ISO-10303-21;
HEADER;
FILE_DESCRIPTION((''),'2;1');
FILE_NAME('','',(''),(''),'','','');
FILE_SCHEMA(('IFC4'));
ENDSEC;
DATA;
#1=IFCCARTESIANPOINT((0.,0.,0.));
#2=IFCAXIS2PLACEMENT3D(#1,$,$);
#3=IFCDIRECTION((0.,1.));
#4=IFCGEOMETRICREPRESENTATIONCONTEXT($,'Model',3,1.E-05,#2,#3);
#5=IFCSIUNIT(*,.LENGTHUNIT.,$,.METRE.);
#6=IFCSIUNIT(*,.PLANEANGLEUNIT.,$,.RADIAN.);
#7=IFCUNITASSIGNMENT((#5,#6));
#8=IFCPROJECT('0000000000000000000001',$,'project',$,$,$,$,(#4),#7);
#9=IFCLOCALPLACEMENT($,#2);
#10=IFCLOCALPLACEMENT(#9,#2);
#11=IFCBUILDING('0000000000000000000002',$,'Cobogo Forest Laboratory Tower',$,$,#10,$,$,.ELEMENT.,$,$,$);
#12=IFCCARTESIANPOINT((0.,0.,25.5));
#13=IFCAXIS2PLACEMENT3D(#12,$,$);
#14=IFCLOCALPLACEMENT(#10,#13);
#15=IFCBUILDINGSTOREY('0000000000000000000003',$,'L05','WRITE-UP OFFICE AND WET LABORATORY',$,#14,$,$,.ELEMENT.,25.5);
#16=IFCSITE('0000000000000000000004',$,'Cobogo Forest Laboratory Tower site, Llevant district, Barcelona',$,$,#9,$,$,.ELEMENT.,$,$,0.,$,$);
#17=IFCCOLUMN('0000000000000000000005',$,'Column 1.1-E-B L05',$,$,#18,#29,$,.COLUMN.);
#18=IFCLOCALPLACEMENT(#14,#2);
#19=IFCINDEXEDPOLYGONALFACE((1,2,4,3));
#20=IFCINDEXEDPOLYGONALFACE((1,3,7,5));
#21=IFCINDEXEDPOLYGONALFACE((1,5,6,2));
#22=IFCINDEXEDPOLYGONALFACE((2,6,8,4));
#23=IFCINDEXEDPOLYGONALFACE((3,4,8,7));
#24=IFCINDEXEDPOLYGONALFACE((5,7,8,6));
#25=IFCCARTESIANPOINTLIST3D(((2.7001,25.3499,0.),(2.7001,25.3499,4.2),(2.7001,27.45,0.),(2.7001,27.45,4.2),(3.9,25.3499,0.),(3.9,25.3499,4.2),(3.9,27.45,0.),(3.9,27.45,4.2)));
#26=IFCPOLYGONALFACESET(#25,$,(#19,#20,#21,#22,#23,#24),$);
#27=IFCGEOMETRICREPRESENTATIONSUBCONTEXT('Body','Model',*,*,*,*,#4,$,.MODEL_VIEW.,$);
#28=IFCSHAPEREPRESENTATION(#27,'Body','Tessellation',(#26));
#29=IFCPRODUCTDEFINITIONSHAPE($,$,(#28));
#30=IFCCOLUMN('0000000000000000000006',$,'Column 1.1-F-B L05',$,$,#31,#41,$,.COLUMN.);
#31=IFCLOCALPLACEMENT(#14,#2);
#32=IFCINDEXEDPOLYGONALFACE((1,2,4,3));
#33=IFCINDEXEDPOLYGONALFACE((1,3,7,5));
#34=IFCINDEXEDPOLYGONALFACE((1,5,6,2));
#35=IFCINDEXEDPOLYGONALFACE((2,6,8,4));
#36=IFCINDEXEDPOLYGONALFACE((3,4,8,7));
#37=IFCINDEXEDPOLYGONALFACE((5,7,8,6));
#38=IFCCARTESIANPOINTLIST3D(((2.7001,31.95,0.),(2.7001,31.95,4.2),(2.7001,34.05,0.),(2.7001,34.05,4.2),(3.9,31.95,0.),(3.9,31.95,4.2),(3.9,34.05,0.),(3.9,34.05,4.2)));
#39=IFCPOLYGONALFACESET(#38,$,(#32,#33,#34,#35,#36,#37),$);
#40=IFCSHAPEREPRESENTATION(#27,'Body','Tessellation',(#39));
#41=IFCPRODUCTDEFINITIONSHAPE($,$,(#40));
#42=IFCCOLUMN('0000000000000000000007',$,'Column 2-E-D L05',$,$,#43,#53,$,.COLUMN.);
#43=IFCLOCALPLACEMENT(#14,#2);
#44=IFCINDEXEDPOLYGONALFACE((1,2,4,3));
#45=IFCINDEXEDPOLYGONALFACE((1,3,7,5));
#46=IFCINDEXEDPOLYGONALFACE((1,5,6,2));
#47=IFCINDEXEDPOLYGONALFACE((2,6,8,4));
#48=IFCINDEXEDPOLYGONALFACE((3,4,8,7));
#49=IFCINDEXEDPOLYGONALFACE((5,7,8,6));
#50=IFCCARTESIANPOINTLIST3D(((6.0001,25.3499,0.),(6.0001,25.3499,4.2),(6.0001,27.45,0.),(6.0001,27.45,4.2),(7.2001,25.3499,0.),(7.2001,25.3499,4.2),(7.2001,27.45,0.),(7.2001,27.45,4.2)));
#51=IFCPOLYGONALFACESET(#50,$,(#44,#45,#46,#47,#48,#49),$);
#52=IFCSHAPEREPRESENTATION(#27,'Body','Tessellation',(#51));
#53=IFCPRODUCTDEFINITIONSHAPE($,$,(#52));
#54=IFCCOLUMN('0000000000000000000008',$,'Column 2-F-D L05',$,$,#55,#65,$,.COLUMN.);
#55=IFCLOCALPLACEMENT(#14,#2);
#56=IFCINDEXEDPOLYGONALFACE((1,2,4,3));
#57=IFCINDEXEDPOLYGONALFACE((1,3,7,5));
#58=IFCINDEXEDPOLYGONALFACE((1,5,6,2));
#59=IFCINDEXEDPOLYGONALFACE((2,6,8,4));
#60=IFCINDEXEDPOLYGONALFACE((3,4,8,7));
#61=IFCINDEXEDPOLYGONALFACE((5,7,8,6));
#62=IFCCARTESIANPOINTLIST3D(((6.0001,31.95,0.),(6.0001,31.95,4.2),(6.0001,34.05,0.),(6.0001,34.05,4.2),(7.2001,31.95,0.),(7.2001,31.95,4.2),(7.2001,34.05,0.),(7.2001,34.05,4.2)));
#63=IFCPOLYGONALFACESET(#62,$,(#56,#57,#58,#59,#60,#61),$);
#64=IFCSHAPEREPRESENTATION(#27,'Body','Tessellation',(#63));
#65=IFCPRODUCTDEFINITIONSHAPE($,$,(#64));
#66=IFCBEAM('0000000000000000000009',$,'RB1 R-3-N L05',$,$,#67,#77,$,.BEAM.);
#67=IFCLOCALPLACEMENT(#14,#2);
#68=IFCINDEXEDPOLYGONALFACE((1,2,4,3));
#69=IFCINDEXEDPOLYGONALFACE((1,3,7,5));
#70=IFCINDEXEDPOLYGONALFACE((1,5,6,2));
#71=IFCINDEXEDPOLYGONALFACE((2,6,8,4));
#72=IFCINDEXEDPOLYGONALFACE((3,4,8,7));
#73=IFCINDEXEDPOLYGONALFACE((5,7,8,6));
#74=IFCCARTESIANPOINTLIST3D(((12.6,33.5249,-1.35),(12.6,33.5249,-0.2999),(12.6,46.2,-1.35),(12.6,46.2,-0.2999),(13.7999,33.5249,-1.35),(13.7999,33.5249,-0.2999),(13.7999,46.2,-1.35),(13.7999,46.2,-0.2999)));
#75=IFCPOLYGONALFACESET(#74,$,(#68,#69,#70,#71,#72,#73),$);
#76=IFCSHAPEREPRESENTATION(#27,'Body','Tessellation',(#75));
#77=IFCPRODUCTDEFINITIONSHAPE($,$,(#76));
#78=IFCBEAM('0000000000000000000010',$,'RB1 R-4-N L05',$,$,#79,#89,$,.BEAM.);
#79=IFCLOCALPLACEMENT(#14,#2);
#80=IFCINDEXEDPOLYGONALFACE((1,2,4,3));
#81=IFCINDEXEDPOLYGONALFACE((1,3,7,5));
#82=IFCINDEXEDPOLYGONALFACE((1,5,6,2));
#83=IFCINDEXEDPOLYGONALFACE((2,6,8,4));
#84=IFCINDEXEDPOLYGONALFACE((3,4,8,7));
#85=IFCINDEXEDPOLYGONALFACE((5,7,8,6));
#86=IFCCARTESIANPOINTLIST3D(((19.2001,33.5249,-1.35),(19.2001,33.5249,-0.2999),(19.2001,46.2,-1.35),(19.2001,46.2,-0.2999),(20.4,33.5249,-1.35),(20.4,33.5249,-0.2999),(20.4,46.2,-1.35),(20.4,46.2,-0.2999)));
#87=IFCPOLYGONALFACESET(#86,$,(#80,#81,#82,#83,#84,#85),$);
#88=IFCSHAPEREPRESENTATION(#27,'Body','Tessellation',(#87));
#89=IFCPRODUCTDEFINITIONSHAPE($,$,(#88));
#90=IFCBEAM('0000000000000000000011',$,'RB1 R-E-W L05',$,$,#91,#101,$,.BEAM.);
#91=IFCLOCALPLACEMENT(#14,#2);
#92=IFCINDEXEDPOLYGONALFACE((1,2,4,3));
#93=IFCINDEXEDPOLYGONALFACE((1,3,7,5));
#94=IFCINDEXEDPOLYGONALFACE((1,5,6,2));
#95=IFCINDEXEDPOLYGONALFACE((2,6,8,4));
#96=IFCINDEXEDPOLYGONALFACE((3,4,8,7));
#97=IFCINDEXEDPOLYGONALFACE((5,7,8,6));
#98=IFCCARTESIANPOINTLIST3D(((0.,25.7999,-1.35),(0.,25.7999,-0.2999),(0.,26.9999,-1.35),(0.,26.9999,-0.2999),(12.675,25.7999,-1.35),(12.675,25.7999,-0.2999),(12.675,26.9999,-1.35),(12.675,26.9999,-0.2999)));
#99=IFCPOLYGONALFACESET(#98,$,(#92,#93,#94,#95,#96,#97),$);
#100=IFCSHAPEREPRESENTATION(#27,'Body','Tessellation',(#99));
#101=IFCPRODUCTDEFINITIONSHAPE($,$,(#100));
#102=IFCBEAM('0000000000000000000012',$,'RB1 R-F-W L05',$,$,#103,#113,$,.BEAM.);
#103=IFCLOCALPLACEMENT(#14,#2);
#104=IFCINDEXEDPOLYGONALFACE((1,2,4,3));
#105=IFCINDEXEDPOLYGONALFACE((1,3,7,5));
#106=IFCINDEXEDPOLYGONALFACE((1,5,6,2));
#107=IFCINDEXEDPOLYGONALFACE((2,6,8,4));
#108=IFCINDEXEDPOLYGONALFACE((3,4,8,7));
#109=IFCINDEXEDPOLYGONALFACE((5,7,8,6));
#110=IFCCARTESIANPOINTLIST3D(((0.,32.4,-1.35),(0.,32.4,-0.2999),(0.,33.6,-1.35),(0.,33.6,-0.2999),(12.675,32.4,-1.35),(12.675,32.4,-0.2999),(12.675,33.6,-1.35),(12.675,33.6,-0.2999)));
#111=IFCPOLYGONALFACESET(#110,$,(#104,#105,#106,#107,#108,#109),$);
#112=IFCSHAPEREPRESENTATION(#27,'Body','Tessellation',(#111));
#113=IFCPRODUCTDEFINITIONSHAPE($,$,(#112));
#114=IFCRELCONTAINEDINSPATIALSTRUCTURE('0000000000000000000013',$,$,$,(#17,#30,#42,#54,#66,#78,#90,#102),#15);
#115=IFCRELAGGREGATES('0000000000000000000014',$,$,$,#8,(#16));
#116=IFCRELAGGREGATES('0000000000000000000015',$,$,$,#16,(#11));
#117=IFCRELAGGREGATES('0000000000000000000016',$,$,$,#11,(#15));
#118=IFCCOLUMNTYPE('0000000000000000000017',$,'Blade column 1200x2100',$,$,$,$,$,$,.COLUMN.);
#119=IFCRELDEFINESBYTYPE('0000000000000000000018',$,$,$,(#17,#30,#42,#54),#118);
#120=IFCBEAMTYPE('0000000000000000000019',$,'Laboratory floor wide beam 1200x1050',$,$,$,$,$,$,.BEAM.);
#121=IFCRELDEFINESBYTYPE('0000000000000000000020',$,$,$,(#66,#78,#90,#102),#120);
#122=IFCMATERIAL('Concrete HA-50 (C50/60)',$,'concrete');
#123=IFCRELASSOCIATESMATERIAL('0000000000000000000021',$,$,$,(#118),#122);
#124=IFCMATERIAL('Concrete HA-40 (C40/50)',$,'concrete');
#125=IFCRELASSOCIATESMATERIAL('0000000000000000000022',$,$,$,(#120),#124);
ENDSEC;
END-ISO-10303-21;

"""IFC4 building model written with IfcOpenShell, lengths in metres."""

from ifc_helpers import new_model, si_unit, direction, frame, origin, origin_2d, place, context, subcontext, project, spatial, rectangle, extrude, material, material_profile, profile_set, type_object, element, save


model = new_model("IFC4")

# Units and contexts
model_context = context("Model", 3, precision=1e-05, world=origin(), true_north=direction((0.0, 1.0)))
body_context = subcontext(model_context, "Body", "Model", "MODEL_VIEW")
ifc_project = project(units=[si_unit("LENGTHUNIT", "METRE"), si_unit("PLANEANGLEUNIT", "RADIAN")], contexts=[model_context])

# Site, building, storey
site_placement = place(None, origin())
site = spatial("IfcSite", under=ifc_project, at=site_placement, Name="Cobogo Forest Laboratory Tower site, Llevant district, Barcelona", CompositionType="ELEMENT", RefElevation=0.0)
building_placement = place(site_placement, origin())
building = spatial("IfcBuilding", under=site, at=building_placement, Name="Cobogo Forest Laboratory Tower", CompositionType="ELEMENT")
storey_placement = place(building_placement, frame((0.0, 0.0, 25.5)))
storey = spatial("IfcBuildingStorey", under=building, at=storey_placement, Name="L05", Description="WRITE-UP OFFICE AND WET LABORATORY", CompositionType="ELEMENT", Elevation=25.5)

# Columns
ifc_material_1 = material(Name="Concrete HA-50 (C50/60)", Category="concrete")
ifc_material_profile_1 = material_profile(ifc_material_1, rectangle(XDim=2.1001, YDim=1.2, at=origin_2d()), Name="RC 1200x2100")
ifc_profile_set_1 = profile_set([ifc_material_profile_1], Name="Concrete HA-50 (C50/60)")
column_type = type_object("IfcColumnType", Name="Blade column 1200x2100", PredefinedType="COLUMN", material=ifc_profile_set_1)
for number, where, z_axis, x_axis, name in (
    (1, (3.3, 26.3999, 0.0), (0.0, 0.0, 1.0), (0.0, 1.0, 0.0), "Column 1.1-E-B L05"),
    (2, (3.3, 33.0, 0.0), (0.0, 0.0, 1.0), (0.0, 1.0, 0.0), "Column 1.1-F-B L05"),
    (3, (6.6001, 26.3999, 0.0), (0.0, 0.0, 1.0), (0.0, 1.0, 0.0), "Column 2-E-D L05"),
    (4, (6.6001, 33.0, 0.0), (0.0, 0.0, 1.0), (0.0, 1.0, 0.0), "Column 2-F-D L05"),
):
    element("IfcColumn", number, at=place(storey_placement, frame(where, z_axis=z_axis, x_axis=x_axis)), inside=storey, type_object=column_type, Name=name, PredefinedType="COLUMN", context=body_context, shape_type="SweptSolid", body=[
        extrude(rectangle(XDim=2.1001, YDim=1.2, at=origin_2d()), origin(), (0.0, 0.0, 1.0), 4.2),
    ])

# Beams
ifc_material_2 = material(Name="Concrete HA-40 (C40/50)", Category="concrete")
ifc_material_profile_2 = material_profile(ifc_material_2, rectangle(XDim=1.2, YDim=1.05, at=origin_2d()), Name="RC 1200x1050")
ifc_profile_set_2 = profile_set([ifc_material_profile_2], Name="Concrete HA-40 (C40/50)")
beam_type = type_object("IfcBeamType", Name="Laboratory floor wide beam 1200x1050", PredefinedType="BEAM", material=ifc_profile_set_2)
for number, where, z_axis, x_axis, name in (
    (5, (13.2, 33.5249, -0.825), (0.0, 1.0, 0.0), (-1.0, 0.0, 0.0), "RB1 R-3-N L05"),
    (6, (19.8, 33.5249, -0.825), (0.0, 1.0, 0.0), (-1.0, 0.0, 0.0), "RB1 R-4-N L05"),
    (7, (12.675, 26.3999, -0.825), (-1.0, 0.0, 0.0), (0.0, -1.0, 0.0), "RB1 R-E-W L05"),
    (8, (12.675, 33.0, -0.825), (-1.0, 0.0, 0.0), (0.0, -1.0, 0.0), "RB1 R-F-W L05"),
):
    element("IfcBeam", number, at=place(storey_placement, frame(where, z_axis=z_axis, x_axis=x_axis)), inside=storey, type_object=beam_type, Name=name, PredefinedType="BEAM", context=body_context, shape_type="SweptSolid", body=[
        extrude(rectangle(XDim=1.2, YDim=1.05, at=origin_2d()), origin(), (0.0, 0.0, 1.0), 12.675),
    ])

save(model, "model.ifc")
